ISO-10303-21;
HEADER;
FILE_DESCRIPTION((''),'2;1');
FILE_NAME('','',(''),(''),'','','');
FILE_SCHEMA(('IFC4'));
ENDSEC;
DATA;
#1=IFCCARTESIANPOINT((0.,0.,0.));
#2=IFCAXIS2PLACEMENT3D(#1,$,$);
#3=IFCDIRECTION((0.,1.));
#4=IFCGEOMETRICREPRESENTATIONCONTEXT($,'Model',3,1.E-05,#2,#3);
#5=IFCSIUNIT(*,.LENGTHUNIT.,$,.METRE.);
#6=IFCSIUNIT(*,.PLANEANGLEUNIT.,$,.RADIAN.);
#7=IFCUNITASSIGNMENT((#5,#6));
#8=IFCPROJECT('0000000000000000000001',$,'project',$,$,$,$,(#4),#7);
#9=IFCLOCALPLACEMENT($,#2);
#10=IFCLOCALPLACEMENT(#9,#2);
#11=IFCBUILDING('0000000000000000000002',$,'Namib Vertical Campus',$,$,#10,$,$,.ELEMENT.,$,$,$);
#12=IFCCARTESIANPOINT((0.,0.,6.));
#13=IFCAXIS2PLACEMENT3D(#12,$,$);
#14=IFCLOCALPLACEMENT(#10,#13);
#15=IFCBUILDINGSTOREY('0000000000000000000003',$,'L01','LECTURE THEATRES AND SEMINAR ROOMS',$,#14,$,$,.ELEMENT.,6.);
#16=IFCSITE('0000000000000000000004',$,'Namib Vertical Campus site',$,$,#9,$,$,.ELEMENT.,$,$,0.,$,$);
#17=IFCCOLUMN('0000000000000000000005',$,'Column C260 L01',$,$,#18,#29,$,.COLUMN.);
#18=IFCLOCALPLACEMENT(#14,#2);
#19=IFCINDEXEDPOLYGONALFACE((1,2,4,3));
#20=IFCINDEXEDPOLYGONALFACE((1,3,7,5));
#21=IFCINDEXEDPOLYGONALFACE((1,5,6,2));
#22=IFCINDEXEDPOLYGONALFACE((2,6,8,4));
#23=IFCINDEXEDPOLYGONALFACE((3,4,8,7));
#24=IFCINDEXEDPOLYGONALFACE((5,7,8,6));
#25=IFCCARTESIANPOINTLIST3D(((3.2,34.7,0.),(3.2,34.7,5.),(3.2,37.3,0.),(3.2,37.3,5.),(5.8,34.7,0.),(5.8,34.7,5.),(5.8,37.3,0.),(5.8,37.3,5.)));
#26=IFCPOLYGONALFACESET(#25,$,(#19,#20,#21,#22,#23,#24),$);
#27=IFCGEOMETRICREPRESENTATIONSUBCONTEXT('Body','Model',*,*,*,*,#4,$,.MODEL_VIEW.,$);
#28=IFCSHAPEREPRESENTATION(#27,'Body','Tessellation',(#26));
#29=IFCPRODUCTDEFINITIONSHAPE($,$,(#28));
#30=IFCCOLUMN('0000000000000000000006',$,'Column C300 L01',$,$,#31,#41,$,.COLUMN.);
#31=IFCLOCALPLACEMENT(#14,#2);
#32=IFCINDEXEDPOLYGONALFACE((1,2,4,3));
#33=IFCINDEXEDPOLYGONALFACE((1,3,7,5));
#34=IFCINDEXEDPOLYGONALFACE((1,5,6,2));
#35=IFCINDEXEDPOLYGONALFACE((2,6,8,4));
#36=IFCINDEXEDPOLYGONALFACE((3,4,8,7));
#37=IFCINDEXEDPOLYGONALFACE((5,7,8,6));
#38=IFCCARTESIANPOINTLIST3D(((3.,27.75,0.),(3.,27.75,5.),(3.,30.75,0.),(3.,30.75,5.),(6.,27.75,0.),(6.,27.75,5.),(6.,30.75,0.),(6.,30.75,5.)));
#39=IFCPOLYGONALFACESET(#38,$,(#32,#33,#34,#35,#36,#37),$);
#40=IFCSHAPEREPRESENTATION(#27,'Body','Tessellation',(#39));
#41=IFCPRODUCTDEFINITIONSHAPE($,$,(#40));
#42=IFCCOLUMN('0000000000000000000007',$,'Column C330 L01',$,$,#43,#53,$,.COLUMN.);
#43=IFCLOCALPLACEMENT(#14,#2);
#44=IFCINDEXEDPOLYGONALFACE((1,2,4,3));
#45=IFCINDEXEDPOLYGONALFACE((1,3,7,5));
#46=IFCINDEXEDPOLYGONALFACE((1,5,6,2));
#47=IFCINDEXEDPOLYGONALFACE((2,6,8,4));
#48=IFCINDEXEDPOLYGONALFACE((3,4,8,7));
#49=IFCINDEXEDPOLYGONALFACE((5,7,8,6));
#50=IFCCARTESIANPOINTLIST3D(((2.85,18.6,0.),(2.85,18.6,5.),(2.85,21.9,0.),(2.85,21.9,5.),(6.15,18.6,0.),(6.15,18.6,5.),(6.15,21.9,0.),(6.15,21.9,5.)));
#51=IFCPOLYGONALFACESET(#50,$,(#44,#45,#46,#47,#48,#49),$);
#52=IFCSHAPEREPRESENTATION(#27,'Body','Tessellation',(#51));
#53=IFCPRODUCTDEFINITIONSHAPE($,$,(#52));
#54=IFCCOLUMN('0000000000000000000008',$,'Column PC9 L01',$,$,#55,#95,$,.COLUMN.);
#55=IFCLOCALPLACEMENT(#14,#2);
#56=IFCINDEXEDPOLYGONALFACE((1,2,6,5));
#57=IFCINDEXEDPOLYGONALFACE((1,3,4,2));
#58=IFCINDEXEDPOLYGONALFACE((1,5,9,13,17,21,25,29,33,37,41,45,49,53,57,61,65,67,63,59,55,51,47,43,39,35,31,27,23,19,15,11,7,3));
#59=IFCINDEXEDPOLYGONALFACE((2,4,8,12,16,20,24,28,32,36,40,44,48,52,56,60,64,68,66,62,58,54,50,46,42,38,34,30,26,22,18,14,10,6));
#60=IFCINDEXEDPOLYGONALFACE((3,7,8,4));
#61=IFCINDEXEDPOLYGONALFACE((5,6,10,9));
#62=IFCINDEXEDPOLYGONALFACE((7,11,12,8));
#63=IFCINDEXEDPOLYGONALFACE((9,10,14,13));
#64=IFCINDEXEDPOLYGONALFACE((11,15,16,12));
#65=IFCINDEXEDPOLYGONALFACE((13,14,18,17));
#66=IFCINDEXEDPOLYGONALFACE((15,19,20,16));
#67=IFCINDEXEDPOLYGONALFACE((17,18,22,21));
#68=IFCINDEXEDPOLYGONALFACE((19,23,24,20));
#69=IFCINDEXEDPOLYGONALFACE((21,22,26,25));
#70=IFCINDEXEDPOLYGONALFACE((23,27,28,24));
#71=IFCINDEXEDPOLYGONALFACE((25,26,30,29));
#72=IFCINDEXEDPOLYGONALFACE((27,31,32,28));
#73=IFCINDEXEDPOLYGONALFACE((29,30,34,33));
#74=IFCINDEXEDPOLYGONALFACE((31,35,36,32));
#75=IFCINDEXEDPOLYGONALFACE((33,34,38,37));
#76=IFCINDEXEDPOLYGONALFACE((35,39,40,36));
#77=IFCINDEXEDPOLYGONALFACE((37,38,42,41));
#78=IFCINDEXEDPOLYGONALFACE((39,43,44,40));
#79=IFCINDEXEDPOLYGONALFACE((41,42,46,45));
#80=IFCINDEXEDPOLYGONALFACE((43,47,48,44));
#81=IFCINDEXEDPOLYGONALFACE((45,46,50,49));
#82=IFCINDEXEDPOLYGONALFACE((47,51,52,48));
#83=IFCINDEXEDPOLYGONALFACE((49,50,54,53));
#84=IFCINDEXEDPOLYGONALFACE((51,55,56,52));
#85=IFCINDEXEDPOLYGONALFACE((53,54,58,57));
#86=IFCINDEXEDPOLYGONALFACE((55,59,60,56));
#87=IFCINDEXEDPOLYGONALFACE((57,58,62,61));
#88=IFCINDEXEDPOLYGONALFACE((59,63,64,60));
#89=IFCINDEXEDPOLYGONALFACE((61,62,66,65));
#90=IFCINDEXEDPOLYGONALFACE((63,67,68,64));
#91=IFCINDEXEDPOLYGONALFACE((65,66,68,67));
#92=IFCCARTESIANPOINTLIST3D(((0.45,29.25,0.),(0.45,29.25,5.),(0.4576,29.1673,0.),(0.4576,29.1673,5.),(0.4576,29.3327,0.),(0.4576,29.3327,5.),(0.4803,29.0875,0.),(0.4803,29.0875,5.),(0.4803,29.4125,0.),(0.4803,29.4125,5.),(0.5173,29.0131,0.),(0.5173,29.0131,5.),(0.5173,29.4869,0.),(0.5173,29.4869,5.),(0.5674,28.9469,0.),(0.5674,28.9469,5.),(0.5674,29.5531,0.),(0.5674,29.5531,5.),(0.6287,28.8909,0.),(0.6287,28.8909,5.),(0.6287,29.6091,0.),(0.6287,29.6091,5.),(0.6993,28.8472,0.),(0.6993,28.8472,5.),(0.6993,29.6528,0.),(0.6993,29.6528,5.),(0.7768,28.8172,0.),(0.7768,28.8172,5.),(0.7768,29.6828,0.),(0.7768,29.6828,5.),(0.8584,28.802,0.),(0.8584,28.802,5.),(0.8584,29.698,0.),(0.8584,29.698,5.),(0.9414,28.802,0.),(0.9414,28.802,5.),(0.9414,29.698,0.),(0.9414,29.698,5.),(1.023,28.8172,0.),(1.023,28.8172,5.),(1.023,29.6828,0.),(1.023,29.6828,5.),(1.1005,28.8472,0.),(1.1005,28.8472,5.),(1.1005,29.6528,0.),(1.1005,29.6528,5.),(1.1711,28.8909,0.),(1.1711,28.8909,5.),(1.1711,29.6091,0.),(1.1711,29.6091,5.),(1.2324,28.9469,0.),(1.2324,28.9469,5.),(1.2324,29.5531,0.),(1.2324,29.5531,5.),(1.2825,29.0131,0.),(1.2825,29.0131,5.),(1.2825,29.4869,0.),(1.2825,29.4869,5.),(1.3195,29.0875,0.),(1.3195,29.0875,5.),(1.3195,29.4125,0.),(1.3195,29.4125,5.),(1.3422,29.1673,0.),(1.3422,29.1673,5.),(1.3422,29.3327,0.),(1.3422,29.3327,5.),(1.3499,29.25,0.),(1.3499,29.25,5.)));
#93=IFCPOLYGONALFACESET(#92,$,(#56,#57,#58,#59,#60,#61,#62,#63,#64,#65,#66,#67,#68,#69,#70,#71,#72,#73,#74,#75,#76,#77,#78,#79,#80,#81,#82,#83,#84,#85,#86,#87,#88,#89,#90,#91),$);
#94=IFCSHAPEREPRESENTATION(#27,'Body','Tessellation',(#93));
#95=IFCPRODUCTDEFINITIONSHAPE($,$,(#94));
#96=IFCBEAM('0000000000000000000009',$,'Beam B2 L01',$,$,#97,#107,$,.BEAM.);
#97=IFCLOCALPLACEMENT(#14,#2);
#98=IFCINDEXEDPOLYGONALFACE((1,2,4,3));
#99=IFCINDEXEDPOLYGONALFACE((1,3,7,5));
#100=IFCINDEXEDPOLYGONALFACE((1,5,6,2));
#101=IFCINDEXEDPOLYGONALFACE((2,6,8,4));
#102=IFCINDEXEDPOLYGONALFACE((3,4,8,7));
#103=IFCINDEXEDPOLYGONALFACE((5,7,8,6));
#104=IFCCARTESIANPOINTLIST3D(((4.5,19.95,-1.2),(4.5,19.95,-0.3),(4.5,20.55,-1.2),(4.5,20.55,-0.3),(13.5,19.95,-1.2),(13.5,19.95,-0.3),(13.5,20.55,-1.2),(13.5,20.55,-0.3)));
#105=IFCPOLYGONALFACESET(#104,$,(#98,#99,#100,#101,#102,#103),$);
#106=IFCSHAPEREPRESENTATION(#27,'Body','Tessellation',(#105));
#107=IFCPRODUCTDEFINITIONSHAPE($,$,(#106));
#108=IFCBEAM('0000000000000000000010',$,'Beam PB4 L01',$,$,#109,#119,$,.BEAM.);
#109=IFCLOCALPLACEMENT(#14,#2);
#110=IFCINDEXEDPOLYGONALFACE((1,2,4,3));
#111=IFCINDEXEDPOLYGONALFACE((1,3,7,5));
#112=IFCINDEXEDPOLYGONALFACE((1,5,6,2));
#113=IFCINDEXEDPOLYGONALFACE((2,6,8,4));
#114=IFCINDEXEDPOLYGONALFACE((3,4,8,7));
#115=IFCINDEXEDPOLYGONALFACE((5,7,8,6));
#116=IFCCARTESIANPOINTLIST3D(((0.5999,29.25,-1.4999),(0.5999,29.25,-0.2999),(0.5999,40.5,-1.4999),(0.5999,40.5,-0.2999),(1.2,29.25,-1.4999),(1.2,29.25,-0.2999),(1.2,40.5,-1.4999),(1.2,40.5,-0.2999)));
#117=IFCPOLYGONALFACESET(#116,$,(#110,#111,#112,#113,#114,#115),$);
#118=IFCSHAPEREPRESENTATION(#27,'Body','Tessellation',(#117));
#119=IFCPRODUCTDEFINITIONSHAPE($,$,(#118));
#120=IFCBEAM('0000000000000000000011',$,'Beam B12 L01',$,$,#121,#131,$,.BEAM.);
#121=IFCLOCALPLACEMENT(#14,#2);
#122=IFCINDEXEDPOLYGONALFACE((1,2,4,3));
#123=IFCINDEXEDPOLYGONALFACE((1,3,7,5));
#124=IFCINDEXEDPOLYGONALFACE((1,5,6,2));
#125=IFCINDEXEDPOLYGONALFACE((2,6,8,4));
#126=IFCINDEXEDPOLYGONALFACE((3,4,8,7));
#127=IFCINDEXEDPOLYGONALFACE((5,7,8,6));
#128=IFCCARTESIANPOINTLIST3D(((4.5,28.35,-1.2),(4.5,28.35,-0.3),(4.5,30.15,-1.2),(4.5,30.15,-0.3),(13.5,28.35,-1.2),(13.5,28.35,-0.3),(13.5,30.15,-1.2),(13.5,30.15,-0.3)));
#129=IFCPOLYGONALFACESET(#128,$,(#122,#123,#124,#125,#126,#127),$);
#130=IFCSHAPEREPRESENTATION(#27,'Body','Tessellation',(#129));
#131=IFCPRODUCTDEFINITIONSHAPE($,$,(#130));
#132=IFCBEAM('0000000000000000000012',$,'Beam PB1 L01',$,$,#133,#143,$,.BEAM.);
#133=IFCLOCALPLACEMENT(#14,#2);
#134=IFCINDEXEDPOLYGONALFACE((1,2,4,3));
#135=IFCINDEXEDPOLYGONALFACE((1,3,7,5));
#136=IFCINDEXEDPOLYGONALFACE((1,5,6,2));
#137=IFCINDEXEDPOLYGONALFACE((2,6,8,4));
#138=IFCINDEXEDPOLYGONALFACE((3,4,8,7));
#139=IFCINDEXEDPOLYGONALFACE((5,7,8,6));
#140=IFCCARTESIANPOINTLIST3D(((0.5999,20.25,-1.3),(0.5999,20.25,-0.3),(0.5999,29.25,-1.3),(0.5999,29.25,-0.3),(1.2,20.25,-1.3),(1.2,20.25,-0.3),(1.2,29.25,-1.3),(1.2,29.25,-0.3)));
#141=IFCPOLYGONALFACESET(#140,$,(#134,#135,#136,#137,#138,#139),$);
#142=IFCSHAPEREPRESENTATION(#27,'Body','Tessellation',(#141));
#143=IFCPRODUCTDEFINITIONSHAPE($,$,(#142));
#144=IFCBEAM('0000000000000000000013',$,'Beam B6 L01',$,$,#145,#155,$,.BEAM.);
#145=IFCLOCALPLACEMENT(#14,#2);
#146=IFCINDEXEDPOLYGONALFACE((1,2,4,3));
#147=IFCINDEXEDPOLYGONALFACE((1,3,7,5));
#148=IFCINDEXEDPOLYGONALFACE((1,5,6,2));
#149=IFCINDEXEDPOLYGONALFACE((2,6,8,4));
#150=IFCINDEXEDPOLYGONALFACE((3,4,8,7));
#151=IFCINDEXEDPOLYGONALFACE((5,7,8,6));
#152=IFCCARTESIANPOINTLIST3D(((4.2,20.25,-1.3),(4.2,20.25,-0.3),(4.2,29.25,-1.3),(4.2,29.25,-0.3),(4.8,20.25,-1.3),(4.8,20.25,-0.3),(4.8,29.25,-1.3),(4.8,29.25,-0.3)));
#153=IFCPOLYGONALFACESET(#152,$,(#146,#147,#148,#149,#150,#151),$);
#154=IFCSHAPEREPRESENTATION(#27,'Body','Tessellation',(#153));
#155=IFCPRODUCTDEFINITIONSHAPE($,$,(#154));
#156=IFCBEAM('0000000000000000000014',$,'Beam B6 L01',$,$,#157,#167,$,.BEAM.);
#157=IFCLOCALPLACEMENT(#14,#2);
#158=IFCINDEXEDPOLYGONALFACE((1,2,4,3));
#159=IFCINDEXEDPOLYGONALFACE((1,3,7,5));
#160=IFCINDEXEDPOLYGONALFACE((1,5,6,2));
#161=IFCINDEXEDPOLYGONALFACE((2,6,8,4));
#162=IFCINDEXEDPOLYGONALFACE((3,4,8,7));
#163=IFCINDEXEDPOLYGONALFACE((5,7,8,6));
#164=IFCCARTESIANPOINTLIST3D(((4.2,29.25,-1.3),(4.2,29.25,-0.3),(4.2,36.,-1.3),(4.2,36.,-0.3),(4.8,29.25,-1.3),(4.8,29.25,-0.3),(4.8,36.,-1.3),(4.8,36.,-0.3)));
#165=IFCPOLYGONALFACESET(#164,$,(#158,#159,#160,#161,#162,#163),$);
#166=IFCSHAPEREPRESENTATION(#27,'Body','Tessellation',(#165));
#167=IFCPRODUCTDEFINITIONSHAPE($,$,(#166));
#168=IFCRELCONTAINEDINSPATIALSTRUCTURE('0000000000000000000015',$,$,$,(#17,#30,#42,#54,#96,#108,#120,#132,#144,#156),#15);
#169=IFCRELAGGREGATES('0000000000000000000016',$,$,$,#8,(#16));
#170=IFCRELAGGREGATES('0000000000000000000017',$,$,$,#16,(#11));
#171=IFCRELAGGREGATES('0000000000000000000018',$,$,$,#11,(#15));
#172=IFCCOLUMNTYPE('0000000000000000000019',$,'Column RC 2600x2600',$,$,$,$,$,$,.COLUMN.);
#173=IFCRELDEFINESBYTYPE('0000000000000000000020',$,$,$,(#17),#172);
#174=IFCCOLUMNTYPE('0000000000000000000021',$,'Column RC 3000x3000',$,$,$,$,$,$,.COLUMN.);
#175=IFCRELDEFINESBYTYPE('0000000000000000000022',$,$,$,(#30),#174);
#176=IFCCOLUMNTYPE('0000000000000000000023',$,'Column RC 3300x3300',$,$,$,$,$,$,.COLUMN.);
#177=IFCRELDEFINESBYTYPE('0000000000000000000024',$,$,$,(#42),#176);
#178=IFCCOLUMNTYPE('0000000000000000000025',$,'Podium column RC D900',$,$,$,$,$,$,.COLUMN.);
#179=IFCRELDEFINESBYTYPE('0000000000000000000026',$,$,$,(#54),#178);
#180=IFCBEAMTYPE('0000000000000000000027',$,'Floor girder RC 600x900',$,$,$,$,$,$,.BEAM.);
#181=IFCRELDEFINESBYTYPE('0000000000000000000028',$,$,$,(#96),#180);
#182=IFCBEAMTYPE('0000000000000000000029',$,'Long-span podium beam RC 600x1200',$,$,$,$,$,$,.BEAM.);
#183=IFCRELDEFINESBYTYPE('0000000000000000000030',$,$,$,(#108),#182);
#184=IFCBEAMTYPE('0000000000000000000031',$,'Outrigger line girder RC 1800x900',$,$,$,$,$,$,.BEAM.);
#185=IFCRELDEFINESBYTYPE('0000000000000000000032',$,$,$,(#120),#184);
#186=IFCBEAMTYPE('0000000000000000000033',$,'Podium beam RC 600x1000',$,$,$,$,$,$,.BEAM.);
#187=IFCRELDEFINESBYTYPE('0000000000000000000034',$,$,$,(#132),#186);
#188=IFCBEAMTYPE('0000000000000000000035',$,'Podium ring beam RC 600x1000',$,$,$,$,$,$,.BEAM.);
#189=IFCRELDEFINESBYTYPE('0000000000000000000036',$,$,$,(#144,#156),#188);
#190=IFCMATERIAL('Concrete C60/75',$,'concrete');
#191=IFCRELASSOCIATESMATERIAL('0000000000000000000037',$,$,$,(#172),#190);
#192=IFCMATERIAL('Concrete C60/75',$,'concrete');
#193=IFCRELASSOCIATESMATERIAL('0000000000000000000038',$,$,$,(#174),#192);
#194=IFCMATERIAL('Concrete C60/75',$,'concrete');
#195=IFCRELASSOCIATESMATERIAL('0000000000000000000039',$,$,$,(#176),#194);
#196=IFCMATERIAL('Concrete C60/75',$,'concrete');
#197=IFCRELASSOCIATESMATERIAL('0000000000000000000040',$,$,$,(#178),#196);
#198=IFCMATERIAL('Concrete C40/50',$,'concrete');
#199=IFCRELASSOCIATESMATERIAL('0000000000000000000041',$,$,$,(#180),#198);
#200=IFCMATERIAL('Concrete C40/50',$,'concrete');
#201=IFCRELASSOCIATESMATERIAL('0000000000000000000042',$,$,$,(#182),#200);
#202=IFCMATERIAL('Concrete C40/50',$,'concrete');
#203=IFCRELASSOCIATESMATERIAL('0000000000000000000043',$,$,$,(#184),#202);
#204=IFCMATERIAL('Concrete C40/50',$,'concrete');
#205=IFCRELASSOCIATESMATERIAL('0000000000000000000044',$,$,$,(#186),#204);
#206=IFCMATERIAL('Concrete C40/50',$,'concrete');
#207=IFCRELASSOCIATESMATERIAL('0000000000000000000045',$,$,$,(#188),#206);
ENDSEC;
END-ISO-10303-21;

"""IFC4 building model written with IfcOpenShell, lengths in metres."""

from ifc_helpers import new_model, si_unit, direction, frame, origin, origin_2d, place, context, subcontext, project, spatial, rectangle, circle, extrude, material, material_profile, profile_set, type_object, element, save


model = new_model("IFC4")

# Units and contexts
model_context = context("Model", 3, precision=1e-05, world=origin(), true_north=direction((0.0, 1.0)))
body_context = subcontext(model_context, "Body", "Model", "MODEL_VIEW")
ifc_project = project(units=[si_unit("LENGTHUNIT", "METRE"), si_unit("PLANEANGLEUNIT", "RADIAN")], contexts=[model_context])

# Site, building, storey
site_placement = place(None, origin())
site = spatial("IfcSite", under=ifc_project, at=site_placement, Name="Namib Vertical Campus site", CompositionType="ELEMENT", RefElevation=0.0)
building_placement = place(site_placement, origin())
building = spatial("IfcBuilding", under=site, at=building_placement, Name="Namib Vertical Campus", CompositionType="ELEMENT")
storey_placement = place(building_placement, frame((0.0, 0.0, 6.0)))
storey = spatial("IfcBuildingStorey", under=building, at=storey_placement, Name="L01", Description="LECTURE THEATRES AND SEMINAR ROOMS", CompositionType="ELEMENT", Elevation=6.0)

# Columns
ifc_material_1 = material(Name="Concrete C60/75", Category="concrete")
ifc_material_profile_1 = material_profile(ifc_material_1, rectangle(XDim=2.6001, YDim=2.6001, at=origin_2d()))
ifc_profile_set_1 = profile_set([ifc_material_profile_1], Name="Concrete C60/75")
column_type_1 = type_object("IfcColumnType", Name="Column RC 2600x2600", PredefinedType="COLUMN", material=ifc_profile_set_1)
column_1_placement = place(storey_placement, frame((4.5, 36.0, 0.0), z_axis=(0.0, 0.0, 1.0), x_axis=(1.0, 0.0, 0.0)))
element("IfcColumn", 1, at=column_1_placement, inside=storey, type_object=column_type_1, Name="Column C260 L01", PredefinedType="COLUMN", context=body_context, shape_type="SweptSolid", body=[
    extrude(rectangle(XDim=2.6001, YDim=2.6001, at=origin_2d()), origin(), (0.0, 0.0, 1.0), 5.0),
])
ifc_material_2 = material(Name="Concrete C60/75", Category="concrete")
ifc_material_profile_2 = material_profile(ifc_material_2, rectangle(XDim=3.0, YDim=3.0, at=origin_2d()))
ifc_profile_set_2 = profile_set([ifc_material_profile_2], Name="Concrete C60/75")
column_type_2 = type_object("IfcColumnType", Name="Column RC 3000x3000", PredefinedType="COLUMN", material=ifc_profile_set_2)
column_2_placement = place(storey_placement, frame((4.5, 29.25, 0.0), z_axis=(0.0, 0.0, 1.0), x_axis=(1.0, 0.0, 0.0)))
element("IfcColumn", 2, at=column_2_placement, inside=storey, type_object=column_type_2, Name="Column C300 L01", PredefinedType="COLUMN", context=body_context, shape_type="SweptSolid", body=[
    extrude(rectangle(XDim=3.0, YDim=3.0, at=origin_2d()), origin(), (0.0, 0.0, 1.0), 5.0),
])
ifc_material_3 = material(Name="Concrete C60/75", Category="concrete")
ifc_material_profile_3 = material_profile(ifc_material_3, rectangle(XDim=3.3, YDim=3.3, at=origin_2d()))
ifc_profile_set_3 = profile_set([ifc_material_profile_3], Name="Concrete C60/75")
column_type_3 = type_object("IfcColumnType", Name="Column RC 3300x3300", PredefinedType="COLUMN", material=ifc_profile_set_3)
column_3_placement = place(storey_placement, frame((4.5, 20.25, 0.0), z_axis=(0.0, 0.0, 1.0), x_axis=(1.0, 0.0, 0.0)))
element("IfcColumn", 3, at=column_3_placement, inside=storey, type_object=column_type_3, Name="Column C330 L01", PredefinedType="COLUMN", context=body_context, shape_type="SweptSolid", body=[
    extrude(rectangle(XDim=3.3, YDim=3.3, at=origin_2d()), origin(), (0.0, 0.0, 1.0), 5.0),
])
ifc_material_4 = material(Name="Concrete C60/75", Category="concrete")
ifc_material_profile_4 = material_profile(ifc_material_4, circle(Radius=0.45, at=origin_2d()))
ifc_profile_set_4 = profile_set([ifc_material_profile_4], Name="Concrete C60/75")
column_type_4 = type_object("IfcColumnType", Name="Podium column RC D900", PredefinedType="COLUMN", material=ifc_profile_set_4)
column_4_placement = place(storey_placement, frame((0.8999, 29.25, 0.0), z_axis=(0.0, 0.0, 1.0), x_axis=(1.0, 0.0, 0.0)))
element("IfcColumn", 4, at=column_4_placement, inside=storey, type_object=column_type_4, Name="Column PC9 L01", PredefinedType="COLUMN", context=body_context, shape_type="SweptSolid", body=[
    extrude(circle(Radius=0.45, at=origin_2d()), origin(), (0.0, 0.0, 1.0), 5.0),
])

# Beams
ifc_material_5 = material(Name="Concrete C40/50", Category="concrete")
ifc_material_profile_5 = material_profile(ifc_material_5, rectangle(XDim=0.6001, YDim=0.8999, at=origin_2d()))
ifc_profile_set_5 = profile_set([ifc_material_profile_5], Name="Concrete C40/50")
beam_type_1 = type_object("IfcBeamType", Name="Floor girder RC 600x900", PredefinedType="BEAM", material=ifc_profile_set_5)
beam_1_placement = place(storey_placement, frame((4.5, 20.25, -0.75), z_axis=(1.0, 0.0, 0.0), x_axis=(0.0, 1.0, 0.0)))
element("IfcBeam", 5, at=beam_1_placement, inside=storey, type_object=beam_type_1, Name="Beam B2 L01", PredefinedType="BEAM", context=body_context, shape_type="SweptSolid", body=[
    extrude(rectangle(XDim=0.6001, YDim=0.8999, at=origin_2d()), origin(), (0.0, 0.0, 1.0), 9.0),
])
ifc_material_6 = material(Name="Concrete C40/50", Category="concrete")
ifc_material_profile_6 = material_profile(ifc_material_6, rectangle(XDim=0.6001, YDim=1.2, at=origin_2d()))
ifc_profile_set_6 = profile_set([ifc_material_profile_6], Name="Concrete C40/50")
beam_type_2 = type_object("IfcBeamType", Name="Long-span podium beam RC 600x1200", PredefinedType="BEAM", material=ifc_profile_set_6)
beam_2_placement = place(storey_placement, frame((0.8999, 29.25, -0.8999), z_axis=(0.0, 1.0, 0.0), x_axis=(-1.0, 0.0, 0.0)))
element("IfcBeam", 6, at=beam_2_placement, inside=storey, type_object=beam_type_2, Name="Beam PB4 L01", PredefinedType="BEAM", context=body_context, shape_type="SweptSolid", body=[
    extrude(rectangle(XDim=0.6001, YDim=1.2, at=origin_2d()), origin(), (0.0, 0.0, 1.0), 11.25),
])
ifc_material_7 = material(Name="Concrete C40/50", Category="concrete")
ifc_material_profile_7 = material_profile(ifc_material_7, rectangle(XDim=1.8, YDim=0.8999, at=origin_2d()))
ifc_profile_set_7 = profile_set([ifc_material_profile_7], Name="Concrete C40/50")
beam_type_3 = type_object("IfcBeamType", Name="Outrigger line girder RC 1800x900", PredefinedType="BEAM", material=ifc_profile_set_7)
beam_3_placement = place(storey_placement, frame((4.5, 29.25, -0.75), z_axis=(1.0, 0.0, 0.0), x_axis=(0.0, 1.0, 0.0)))
element("IfcBeam", 7, at=beam_3_placement, inside=storey, type_object=beam_type_3, Name="Beam B12 L01", PredefinedType="BEAM", context=body_context, shape_type="SweptSolid", body=[
    extrude(rectangle(XDim=1.8, YDim=0.8999, at=origin_2d()), origin(), (0.0, 0.0, 1.0), 9.0),
])
ifc_material_8 = material(Name="Concrete C40/50", Category="concrete")
ifc_material_profile_8 = material_profile(ifc_material_8, rectangle(XDim=0.6001, YDim=1.0, at=origin_2d()))
ifc_profile_set_8 = profile_set([ifc_material_profile_8], Name="Concrete C40/50")
beam_type_4 = type_object("IfcBeamType", Name="Podium beam RC 600x1000", PredefinedType="BEAM", material=ifc_profile_set_8)
beam_4_placement = place(storey_placement, frame((0.8999, 20.25, -0.8), z_axis=(0.0, 1.0, 0.0), x_axis=(-1.0, 0.0, 0.0)))
element("IfcBeam", 8, at=beam_4_placement, inside=storey, type_object=beam_type_4, Name="Beam PB1 L01", PredefinedType="BEAM", context=body_context, shape_type="SweptSolid", body=[
    extrude(rectangle(XDim=0.6001, YDim=1.0, at=origin_2d()), origin(), (0.0, 0.0, 1.0), 9.0),
])
ifc_material_9 = material(Name="Concrete C40/50", Category="concrete")
ifc_material_profile_9 = material_profile(ifc_material_9, rectangle(XDim=0.6001, YDim=1.0, at=origin_2d()))
ifc_profile_set_9 = profile_set([ifc_material_profile_9], Name="Concrete C40/50")
beam_type_5 = type_object("IfcBeamType", Name="Podium ring beam RC 600x1000", PredefinedType="BEAM", material=ifc_profile_set_9)
beam_5_placement = place(storey_placement, frame((4.5, 20.25, -0.8), z_axis=(0.0, 1.0, 0.0), x_axis=(-1.0, 0.0, 0.0)))
element("IfcBeam", 9, at=beam_5_placement, inside=storey, type_object=beam_type_5, Name="Beam B6 L01", PredefinedType="BEAM", context=body_context, shape_type="SweptSolid", body=[
    extrude(rectangle(XDim=0.6001, YDim=1.0, at=origin_2d()), origin(), (0.0, 0.0, 1.0), 9.0),
])
beam_6_placement = place(storey_placement, frame((4.5, 29.25, -0.8), z_axis=(0.0, 1.0, 0.0), x_axis=(-1.0, 0.0, 0.0)))
element("IfcBeam", 10, at=beam_6_placement, inside=storey, type_object=beam_type_5, Name="Beam B6 L01", PredefinedType="BEAM", context=body_context, shape_type="SweptSolid", body=[
    extrude(rectangle(XDim=0.6001, YDim=1.0, at=origin_2d()), origin(), (0.0, 0.0, 1.0), 6.75),
])

save(model, "model.ifc")
